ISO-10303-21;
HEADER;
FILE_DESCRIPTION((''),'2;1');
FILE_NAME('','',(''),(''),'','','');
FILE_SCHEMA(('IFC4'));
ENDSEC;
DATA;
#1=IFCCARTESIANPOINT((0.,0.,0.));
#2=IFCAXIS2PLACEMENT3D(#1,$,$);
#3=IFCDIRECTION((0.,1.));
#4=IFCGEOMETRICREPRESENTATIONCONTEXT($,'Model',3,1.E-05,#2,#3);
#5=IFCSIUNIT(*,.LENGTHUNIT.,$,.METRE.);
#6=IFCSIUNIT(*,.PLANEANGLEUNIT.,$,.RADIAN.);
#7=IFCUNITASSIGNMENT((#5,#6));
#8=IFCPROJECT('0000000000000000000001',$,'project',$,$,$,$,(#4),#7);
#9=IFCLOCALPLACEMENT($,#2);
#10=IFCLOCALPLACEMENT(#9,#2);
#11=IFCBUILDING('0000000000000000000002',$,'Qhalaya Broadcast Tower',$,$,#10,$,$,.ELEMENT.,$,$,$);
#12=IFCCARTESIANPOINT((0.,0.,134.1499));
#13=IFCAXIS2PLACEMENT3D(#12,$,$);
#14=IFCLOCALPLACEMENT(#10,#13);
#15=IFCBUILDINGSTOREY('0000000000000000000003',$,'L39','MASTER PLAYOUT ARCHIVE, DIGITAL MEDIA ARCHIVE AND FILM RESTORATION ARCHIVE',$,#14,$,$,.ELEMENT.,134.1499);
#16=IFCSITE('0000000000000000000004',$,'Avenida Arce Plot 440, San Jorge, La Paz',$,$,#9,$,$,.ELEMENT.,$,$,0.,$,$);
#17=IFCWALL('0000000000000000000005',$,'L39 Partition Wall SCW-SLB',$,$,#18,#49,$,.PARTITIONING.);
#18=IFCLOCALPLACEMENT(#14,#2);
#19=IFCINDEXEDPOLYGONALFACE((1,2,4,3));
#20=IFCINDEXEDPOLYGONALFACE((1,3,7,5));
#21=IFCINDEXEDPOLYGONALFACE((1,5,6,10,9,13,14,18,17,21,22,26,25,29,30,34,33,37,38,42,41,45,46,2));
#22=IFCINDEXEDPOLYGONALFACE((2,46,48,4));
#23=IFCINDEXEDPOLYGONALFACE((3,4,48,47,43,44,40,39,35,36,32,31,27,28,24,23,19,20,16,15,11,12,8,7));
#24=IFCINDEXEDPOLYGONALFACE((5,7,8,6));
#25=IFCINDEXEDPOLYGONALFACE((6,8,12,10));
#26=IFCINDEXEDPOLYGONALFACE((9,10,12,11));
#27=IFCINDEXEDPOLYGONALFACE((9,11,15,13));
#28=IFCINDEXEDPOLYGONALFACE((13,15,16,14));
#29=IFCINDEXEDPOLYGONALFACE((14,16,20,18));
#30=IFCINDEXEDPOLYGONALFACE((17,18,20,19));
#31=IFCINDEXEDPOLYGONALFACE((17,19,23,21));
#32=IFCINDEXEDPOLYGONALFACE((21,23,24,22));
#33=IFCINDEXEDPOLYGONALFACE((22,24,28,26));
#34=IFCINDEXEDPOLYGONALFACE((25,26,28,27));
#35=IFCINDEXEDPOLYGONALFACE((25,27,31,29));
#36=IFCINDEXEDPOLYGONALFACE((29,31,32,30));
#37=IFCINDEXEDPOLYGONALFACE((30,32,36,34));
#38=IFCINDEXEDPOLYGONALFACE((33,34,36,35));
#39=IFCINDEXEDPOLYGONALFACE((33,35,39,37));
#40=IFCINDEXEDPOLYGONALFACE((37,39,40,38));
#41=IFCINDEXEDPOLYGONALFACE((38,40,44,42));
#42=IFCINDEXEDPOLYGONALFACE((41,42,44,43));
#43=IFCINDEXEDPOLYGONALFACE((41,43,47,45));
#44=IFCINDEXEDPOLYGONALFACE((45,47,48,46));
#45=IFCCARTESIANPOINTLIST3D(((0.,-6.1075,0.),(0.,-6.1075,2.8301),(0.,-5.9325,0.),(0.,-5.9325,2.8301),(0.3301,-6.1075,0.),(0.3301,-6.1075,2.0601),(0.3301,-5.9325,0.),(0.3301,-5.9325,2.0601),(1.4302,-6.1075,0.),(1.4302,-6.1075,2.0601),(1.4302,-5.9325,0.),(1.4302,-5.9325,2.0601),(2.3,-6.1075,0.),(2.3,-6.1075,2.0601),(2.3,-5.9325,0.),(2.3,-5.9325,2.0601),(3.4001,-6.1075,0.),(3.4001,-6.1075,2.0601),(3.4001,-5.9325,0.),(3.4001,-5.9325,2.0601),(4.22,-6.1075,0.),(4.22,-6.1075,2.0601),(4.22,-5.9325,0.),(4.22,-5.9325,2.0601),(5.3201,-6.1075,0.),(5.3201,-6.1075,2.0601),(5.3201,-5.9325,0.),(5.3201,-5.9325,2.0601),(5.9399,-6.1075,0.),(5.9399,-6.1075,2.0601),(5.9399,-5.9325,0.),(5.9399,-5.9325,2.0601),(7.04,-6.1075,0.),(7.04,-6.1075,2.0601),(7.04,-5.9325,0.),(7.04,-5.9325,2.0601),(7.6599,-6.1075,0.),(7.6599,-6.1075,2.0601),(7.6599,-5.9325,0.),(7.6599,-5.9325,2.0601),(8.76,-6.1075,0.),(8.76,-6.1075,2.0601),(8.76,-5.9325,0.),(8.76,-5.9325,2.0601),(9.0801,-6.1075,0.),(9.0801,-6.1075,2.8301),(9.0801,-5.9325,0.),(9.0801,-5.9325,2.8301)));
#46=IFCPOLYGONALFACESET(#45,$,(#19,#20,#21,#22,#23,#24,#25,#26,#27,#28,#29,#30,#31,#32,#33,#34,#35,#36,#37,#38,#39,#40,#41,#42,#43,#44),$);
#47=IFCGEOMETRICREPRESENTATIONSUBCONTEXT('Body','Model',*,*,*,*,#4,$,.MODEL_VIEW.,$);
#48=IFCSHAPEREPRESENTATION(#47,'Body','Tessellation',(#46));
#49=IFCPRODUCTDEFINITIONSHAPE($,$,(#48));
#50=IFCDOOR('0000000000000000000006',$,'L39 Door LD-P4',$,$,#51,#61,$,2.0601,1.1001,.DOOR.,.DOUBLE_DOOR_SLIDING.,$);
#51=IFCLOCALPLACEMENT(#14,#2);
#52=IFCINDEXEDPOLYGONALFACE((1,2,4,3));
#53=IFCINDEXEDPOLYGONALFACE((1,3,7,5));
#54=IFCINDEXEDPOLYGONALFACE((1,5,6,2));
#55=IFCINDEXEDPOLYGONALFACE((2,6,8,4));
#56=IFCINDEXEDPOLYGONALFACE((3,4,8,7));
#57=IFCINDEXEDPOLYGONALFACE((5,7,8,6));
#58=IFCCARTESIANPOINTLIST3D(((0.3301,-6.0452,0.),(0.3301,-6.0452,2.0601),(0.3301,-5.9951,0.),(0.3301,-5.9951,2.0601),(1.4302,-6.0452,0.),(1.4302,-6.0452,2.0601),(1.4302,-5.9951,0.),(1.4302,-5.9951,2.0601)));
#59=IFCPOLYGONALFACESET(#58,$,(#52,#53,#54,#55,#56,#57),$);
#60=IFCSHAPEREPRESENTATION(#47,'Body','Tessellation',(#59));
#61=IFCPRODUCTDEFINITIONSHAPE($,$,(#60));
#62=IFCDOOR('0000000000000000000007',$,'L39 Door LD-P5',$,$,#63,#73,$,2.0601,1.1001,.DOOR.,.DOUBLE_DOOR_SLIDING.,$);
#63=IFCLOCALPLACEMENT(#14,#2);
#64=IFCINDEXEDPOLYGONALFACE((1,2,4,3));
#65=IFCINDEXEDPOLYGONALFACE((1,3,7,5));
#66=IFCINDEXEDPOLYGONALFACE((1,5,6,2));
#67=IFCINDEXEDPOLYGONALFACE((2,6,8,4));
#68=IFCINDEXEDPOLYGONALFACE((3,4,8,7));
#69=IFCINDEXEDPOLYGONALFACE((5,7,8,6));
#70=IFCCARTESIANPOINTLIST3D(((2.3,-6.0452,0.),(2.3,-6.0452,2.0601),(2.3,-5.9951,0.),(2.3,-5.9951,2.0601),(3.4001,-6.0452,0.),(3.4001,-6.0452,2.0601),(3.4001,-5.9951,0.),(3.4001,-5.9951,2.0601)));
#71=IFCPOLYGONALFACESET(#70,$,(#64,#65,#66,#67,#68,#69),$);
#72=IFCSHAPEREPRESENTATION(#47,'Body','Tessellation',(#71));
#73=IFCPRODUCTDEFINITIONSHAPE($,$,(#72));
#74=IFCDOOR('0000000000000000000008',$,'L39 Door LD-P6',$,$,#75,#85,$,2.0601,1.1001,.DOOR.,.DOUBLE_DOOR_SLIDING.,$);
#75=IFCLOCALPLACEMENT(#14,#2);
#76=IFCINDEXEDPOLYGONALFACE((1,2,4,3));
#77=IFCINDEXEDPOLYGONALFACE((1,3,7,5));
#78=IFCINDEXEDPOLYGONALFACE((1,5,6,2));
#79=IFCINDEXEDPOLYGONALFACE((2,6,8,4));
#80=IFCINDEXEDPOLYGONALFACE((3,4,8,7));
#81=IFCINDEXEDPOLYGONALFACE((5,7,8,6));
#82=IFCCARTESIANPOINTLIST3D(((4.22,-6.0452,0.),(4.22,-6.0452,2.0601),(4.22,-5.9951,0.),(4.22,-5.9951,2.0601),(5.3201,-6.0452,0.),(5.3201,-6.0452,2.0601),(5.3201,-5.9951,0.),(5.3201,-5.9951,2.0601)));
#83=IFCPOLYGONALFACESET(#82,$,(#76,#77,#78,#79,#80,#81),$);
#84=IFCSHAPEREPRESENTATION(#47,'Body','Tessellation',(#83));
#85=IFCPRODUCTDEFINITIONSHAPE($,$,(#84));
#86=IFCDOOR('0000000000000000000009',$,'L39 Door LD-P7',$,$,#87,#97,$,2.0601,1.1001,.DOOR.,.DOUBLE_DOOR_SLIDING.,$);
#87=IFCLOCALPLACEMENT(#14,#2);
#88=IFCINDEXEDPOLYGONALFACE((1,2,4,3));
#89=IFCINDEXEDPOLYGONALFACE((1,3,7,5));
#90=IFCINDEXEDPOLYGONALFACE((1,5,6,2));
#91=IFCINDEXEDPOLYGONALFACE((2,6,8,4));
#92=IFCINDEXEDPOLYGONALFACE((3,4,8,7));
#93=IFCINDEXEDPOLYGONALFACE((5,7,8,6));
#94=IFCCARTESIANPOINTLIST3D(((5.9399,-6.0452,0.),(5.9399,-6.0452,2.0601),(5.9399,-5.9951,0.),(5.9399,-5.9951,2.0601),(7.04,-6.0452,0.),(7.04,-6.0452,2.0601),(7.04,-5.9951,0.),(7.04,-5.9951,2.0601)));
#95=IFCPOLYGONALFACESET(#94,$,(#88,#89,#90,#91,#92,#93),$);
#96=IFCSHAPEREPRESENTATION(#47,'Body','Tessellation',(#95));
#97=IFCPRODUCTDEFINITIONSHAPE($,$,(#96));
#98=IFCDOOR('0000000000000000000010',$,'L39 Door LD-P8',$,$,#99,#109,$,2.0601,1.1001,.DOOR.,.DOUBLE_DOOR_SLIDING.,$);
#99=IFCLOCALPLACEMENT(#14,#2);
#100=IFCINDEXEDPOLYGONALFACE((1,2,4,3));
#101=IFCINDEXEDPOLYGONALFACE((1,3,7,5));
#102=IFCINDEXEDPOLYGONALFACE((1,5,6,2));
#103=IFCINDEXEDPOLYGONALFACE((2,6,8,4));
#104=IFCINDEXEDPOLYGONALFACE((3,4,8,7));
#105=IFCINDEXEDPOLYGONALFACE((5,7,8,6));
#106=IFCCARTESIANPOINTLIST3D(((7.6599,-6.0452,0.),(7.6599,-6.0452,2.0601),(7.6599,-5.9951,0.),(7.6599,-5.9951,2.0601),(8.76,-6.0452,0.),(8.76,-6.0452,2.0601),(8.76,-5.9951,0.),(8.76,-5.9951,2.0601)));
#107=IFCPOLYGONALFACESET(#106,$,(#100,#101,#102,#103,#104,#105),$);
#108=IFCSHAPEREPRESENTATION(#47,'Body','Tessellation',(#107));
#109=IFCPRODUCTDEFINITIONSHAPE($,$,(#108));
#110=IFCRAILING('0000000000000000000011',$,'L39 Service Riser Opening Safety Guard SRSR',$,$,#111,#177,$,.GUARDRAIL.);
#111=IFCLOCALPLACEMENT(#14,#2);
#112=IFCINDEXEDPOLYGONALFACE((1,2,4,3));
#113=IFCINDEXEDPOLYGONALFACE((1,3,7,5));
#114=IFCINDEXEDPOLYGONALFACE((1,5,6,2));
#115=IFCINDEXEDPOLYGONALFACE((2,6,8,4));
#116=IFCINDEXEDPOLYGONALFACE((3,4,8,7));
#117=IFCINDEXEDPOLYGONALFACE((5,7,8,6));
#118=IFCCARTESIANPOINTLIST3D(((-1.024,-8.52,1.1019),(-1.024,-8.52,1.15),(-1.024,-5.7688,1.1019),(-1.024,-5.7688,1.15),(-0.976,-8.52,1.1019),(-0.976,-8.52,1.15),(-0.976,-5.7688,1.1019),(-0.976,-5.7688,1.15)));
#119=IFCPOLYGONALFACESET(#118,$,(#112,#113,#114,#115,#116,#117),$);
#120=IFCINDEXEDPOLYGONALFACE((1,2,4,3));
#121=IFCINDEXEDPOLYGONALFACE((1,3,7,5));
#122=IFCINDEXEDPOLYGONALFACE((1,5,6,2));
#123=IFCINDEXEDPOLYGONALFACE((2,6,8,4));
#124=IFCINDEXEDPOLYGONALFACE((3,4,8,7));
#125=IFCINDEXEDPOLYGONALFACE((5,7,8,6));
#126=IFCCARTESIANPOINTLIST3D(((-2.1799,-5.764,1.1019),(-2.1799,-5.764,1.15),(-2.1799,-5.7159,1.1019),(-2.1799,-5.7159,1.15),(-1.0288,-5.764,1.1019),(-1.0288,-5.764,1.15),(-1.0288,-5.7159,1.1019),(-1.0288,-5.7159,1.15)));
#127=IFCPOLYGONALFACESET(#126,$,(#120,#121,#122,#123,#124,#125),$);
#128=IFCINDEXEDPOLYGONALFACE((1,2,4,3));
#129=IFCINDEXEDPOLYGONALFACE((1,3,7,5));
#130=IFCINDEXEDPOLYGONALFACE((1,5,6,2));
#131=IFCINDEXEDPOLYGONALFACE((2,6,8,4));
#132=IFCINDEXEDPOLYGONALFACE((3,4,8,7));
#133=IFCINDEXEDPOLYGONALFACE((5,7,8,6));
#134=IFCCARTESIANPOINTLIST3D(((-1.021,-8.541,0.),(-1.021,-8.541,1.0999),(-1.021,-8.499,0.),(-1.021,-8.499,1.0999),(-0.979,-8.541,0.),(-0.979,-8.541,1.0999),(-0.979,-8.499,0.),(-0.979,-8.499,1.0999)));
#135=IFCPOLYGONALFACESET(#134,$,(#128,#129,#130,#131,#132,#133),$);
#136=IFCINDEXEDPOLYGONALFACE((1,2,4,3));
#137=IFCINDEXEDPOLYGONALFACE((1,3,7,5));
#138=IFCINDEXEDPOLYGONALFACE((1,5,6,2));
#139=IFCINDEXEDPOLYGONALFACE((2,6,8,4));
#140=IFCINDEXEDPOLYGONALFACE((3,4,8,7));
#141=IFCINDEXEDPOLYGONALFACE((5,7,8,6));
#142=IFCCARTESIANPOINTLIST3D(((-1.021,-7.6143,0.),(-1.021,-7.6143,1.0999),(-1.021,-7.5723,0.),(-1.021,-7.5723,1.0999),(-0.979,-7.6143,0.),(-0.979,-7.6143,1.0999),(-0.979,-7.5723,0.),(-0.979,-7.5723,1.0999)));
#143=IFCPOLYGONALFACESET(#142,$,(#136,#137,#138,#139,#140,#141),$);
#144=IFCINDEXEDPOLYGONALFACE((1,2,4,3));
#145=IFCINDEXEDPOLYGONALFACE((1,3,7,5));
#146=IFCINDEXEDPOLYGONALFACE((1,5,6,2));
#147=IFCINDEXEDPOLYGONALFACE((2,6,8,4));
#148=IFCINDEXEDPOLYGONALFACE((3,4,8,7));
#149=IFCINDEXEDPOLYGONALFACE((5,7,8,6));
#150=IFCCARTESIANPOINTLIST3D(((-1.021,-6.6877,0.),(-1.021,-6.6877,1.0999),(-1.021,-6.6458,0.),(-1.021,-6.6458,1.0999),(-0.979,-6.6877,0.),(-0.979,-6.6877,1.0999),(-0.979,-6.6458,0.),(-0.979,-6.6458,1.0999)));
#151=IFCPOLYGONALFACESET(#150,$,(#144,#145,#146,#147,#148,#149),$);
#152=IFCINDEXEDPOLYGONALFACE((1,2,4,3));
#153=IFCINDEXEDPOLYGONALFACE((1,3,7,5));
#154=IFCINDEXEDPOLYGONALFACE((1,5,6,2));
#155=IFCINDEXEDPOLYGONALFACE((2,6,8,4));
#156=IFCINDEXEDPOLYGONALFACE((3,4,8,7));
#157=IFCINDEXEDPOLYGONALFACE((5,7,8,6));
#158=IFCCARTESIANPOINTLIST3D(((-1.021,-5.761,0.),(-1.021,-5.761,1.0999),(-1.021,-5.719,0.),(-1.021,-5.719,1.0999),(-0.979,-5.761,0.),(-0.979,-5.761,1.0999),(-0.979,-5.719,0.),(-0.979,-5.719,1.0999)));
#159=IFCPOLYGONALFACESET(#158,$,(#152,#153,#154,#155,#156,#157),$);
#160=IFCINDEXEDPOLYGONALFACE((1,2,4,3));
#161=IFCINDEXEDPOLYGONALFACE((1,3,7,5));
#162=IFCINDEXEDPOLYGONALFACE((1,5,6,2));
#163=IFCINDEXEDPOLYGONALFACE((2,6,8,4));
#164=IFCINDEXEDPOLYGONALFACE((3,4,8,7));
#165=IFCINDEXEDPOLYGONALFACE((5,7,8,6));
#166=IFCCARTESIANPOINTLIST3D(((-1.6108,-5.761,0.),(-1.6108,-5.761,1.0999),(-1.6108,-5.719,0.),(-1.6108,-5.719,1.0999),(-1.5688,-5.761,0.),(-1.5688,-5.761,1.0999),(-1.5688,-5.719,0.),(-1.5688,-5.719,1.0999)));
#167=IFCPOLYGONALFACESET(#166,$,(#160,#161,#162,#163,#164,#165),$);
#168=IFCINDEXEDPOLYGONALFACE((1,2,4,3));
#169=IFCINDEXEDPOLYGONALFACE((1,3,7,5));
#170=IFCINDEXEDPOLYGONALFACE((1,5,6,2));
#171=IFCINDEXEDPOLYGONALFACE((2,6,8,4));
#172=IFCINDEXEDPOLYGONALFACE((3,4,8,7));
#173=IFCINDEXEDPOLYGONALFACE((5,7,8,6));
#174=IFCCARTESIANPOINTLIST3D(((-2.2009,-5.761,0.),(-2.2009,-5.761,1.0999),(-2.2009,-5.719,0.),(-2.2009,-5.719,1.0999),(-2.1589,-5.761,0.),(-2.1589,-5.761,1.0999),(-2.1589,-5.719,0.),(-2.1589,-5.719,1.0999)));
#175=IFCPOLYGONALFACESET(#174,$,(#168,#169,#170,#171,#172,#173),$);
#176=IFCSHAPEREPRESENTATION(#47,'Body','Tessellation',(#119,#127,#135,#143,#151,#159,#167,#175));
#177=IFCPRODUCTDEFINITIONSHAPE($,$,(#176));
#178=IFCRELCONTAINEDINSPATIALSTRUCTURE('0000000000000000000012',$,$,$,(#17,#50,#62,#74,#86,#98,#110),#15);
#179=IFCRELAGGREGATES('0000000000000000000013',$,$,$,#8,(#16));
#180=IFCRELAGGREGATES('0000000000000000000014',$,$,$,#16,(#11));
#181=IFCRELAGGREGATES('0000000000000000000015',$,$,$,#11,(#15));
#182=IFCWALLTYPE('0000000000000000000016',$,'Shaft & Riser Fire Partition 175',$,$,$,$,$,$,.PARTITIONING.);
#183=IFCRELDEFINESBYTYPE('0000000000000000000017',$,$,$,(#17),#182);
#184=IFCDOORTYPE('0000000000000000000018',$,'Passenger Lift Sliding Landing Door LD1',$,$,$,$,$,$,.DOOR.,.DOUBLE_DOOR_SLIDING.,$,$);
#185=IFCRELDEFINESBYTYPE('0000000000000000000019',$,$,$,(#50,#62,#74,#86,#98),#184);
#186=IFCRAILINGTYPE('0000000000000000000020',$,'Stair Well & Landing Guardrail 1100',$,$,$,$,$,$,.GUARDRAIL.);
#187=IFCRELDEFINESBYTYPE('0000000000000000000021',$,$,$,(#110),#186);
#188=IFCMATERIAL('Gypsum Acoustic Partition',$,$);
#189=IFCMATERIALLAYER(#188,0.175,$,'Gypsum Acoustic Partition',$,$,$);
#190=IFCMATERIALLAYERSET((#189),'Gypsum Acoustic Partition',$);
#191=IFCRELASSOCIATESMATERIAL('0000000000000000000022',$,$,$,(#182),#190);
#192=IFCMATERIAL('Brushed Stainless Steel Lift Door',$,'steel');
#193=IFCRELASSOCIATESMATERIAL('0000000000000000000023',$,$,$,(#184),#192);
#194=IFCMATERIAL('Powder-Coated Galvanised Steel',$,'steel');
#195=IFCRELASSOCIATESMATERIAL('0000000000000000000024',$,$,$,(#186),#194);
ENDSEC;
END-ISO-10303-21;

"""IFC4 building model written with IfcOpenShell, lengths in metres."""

from ifc_helpers import new_model, si_unit, direction, frame, frame_2d, origin, origin_2d, place, context, subcontext, project, spatial, rectangle, extrude, material, layer, layer_set, type_object, element, fill, save


model = new_model("IFC4")

# Units and contexts
model_context = context("Model", 3, precision=1e-05, world=origin(), true_north=direction((0.0, 1.0)))
body_context = subcontext(model_context, "Body", "Model", "MODEL_VIEW")
ifc_project = project(units=[si_unit("LENGTHUNIT", "METRE"), si_unit("PLANEANGLEUNIT", "RADIAN")], contexts=[model_context])

# Site, building, storey
site_placement = place(None, origin())
site = spatial("IfcSite", under=ifc_project, at=site_placement, Name="Avenida Arce Plot 440, San Jorge, La Paz", CompositionType="ELEMENT", RefElevation=0.0)
building_placement = place(site_placement, origin())
building = spatial("IfcBuilding", under=site, at=building_placement, Name="Qhalaya Broadcast Tower", CompositionType="ELEMENT")
storey_placement = place(building_placement, frame((0.0, 0.0, 134.1499)))
storey = spatial("IfcBuildingStorey", under=building, at=storey_placement, Name="L39", Description="MASTER PLAYOUT ARCHIVE, DIGITAL MEDIA ARCHIVE AND FILM RESTORATION ARCHIVE", CompositionType="ELEMENT", Elevation=134.1499)

# Shared definitions
ifc_material_1 = material(Name="Gypsum Acoustic Partition")

# Shared definitions
ifc_layer_1 = layer(ifc_material_1, 0.175, Name="Gypsum Acoustic Partition")
ifc_layer_set_1 = layer_set([ifc_layer_1], Name="Gypsum Acoustic Partition")
wall_type_1 = type_object("IfcWallType", Name="Shaft & Riser Fire Partition 175", PredefinedType="PARTITIONING", material=ifc_layer_set_1)

# Wall, openings, doors
wall_1_placement = place(storey_placement, frame((0.0, -6.02, 0.0), z_axis=(0.0, 0.0, 1.0), x_axis=(1.0, 0.0, 0.0)))
wall_1 = element("IfcWall", 1, at=wall_1_placement, inside=storey, type_object=wall_type_1, Name="L39 Partition Wall SCW-SLB", PredefinedType="PARTITIONING", context=body_context, shape_type="SweptSolid", body=[
    extrude(rectangle(XDim=9.0801, YDim=0.175, at=frame_2d((4.54, 0.0))), origin(), (0.0, 0.0, 1.0), 2.8301),
])
opening_1_placement = place(wall_1_placement, frame((0.3301, 0.0, 0.0)))
opening_1 = element("IfcOpeningElement", 2, at=opening_1_placement, cuts=wall_1, PredefinedType="OPENING", context=body_context, shape_type="SweptSolid", body=[
    extrude(rectangle(XDim=1.1001, YDim=2.0601, at=frame_2d((0.55, 1.03))), frame((0.0, 0.0996, 0.0), z_axis=(0.0, -1.0, 0.0), x_axis=(1.0, 0.0, 0.0)), (0.0, 0.0, 1.0), 0.199),
])
opening_2_placement = place(wall_1_placement, frame((2.3, 0.0, 0.0)))
opening_2 = element("IfcOpeningElement", 3, at=opening_2_placement, cuts=wall_1, PredefinedType="OPENING", context=body_context, shape_type="SweptSolid", body=[
    extrude(rectangle(XDim=1.1001, YDim=2.0601, at=frame_2d((0.55, 1.03))), frame((0.0, 0.0996, 0.0), z_axis=(0.0, -1.0, 0.0), x_axis=(1.0, 0.0, 0.0)), (0.0, 0.0, 1.0), 0.199),
])
opening_3_placement = place(wall_1_placement, frame((4.22, 0.0, 0.0)))
opening_3 = element("IfcOpeningElement", 4, at=opening_3_placement, cuts=wall_1, PredefinedType="OPENING", context=body_context, shape_type="SweptSolid", body=[
    extrude(rectangle(XDim=1.1001, YDim=2.0601, at=frame_2d((0.55, 1.03))), frame((0.0, 0.0996, 0.0), z_axis=(0.0, -1.0, 0.0), x_axis=(1.0, 0.0, 0.0)), (0.0, 0.0, 1.0), 0.199),
])
opening_4_placement = place(wall_1_placement, frame((5.9399, 0.0, 0.0)))
opening_4 = element("IfcOpeningElement", 5, at=opening_4_placement, cuts=wall_1, PredefinedType="OPENING", context=body_context, shape_type="SweptSolid", body=[
    extrude(rectangle(XDim=1.1001, YDim=2.0601, at=frame_2d((0.55, 1.03))), frame((0.0, 0.0996, 0.0), z_axis=(0.0, -1.0, 0.0), x_axis=(1.0, 0.0, 0.0)), (0.0, 0.0, 1.0), 0.199),
])
opening_5_placement = place(wall_1_placement, frame((7.6599, 0.0, 0.0)))
opening_5 = element("IfcOpeningElement", 6, at=opening_5_placement, cuts=wall_1, PredefinedType="OPENING", context=body_context, shape_type="SweptSolid", body=[
    extrude(rectangle(XDim=1.1001, YDim=2.0601, at=frame_2d((0.55, 1.03))), frame((0.0, 0.0996, 0.0), z_axis=(0.0, -1.0, 0.0), x_axis=(1.0, 0.0, 0.0)), (0.0, 0.0, 1.0), 0.199),
])
ifc_material_2 = material(Name="Brushed Stainless Steel Lift Door", Category="steel")
door_type_1 = type_object("IfcDoorType", Name="Passenger Lift Sliding Landing Door LD1", OperationType="DOUBLE_DOOR_SLIDING", PredefinedType="DOOR", material=ifc_material_2)
door_1_placement = place(opening_1_placement, origin())
door_1 = element("IfcDoor", 7, at=door_1_placement, inside=storey, type_object=door_type_1, Name="L39 Door LD-P4", OperationType="DOUBLE_DOOR_SLIDING", OverallHeight=2.0601, OverallWidth=1.1001, PredefinedType="DOOR", context=body_context, shape_type="SweptSolid", body=[
    extrude(rectangle(XDim=1.1001, YDim=2.0601, at=frame_2d((0.55, 1.03))), frame((0.0, 0.0249, 0.0), z_axis=(0.0, -1.0, 0.0), x_axis=(1.0, 0.0, 0.0)), (0.0, 0.0, 1.0), 0.05),
])
fill(opening_1, door_1)
door_2_placement = place(opening_2_placement, origin())
door_2 = element("IfcDoor", 8, at=door_2_placement, inside=storey, type_object=door_type_1, Name="L39 Door LD-P5", OperationType="DOUBLE_DOOR_SLIDING", OverallHeight=2.0601, OverallWidth=1.1001, PredefinedType="DOOR", context=body_context, shape_type="SweptSolid", body=[
    extrude(rectangle(XDim=1.1001, YDim=2.0601, at=frame_2d((0.55, 1.03))), frame((0.0, 0.0249, 0.0), z_axis=(0.0, -1.0, 0.0), x_axis=(1.0, 0.0, 0.0)), (0.0, 0.0, 1.0), 0.05),
])
fill(opening_2, door_2)
door_3_placement = place(opening_3_placement, origin())
door_3 = element("IfcDoor", 9, at=door_3_placement, inside=storey, type_object=door_type_1, Name="L39 Door LD-P6", OperationType="DOUBLE_DOOR_SLIDING", OverallHeight=2.0601, OverallWidth=1.1001, PredefinedType="DOOR", context=body_context, shape_type="SweptSolid", body=[
    extrude(rectangle(XDim=1.1001, YDim=2.0601, at=frame_2d((0.55, 1.03))), frame((0.0, 0.0249, 0.0), z_axis=(0.0, -1.0, 0.0), x_axis=(1.0, 0.0, 0.0)), (0.0, 0.0, 1.0), 0.05),
])
fill(opening_3, door_3)
door_4_placement = place(opening_4_placement, origin())
door_4 = element("IfcDoor", 10, at=door_4_placement, inside=storey, type_object=door_type_1, Name="L39 Door LD-P7", OperationType="DOUBLE_DOOR_SLIDING", OverallHeight=2.0601, OverallWidth=1.1001, PredefinedType="DOOR", context=body_context, shape_type="SweptSolid", body=[
    extrude(rectangle(XDim=1.1001, YDim=2.0601, at=frame_2d((0.55, 1.03))), frame((0.0, 0.0249, 0.0), z_axis=(0.0, -1.0, 0.0), x_axis=(1.0, 0.0, 0.0)), (0.0, 0.0, 1.0), 0.05),
])
fill(opening_4, door_4)
door_5_placement = place(opening_5_placement, origin())
door_5 = element("IfcDoor", 11, at=door_5_placement, inside=storey, type_object=door_type_1, Name="L39 Door LD-P8", OperationType="DOUBLE_DOOR_SLIDING", OverallHeight=2.0601, OverallWidth=1.1001, PredefinedType="DOOR", context=body_context, shape_type="SweptSolid", body=[
    extrude(rectangle(XDim=1.1001, YDim=2.0601, at=frame_2d((0.55, 1.03))), frame((0.0, 0.0249, 0.0), z_axis=(0.0, -1.0, 0.0), x_axis=(1.0, 0.0, 0.0)), (0.0, 0.0, 1.0), 0.05),
])
fill(opening_5, door_5)

# Railing
ifc_material_3 = material(Name="Powder-Coated Galvanised Steel", Category="steel")
railing_type = type_object("IfcRailingType", Name="Stair Well & Landing Guardrail 1100", PredefinedType="GUARDRAIL", material=ifc_material_3)
railing_placement = place(storey_placement, frame((-1.0, -8.52, 0.0)))
element("IfcRailing", 12, at=railing_placement, inside=storey, type_object=railing_type, Name="L39 Service Riser Opening Safety Guard SRSR", PredefinedType="GUARDRAIL", context=body_context, shape_type="SweptSolid", body=[
    extrude(rectangle(XDim=0.0481, YDim=0.0481, at=origin_2d()), frame((0.0, 0.0, 1.126), z_axis=(0.0, 1.0, 0.0), x_axis=(-1.0, 0.0, 0.0)), (0.0, 0.0, 1.0), 2.7512),
    extrude(rectangle(XDim=0.0481, YDim=0.0481, at=origin_2d()), frame((-0.0288, 2.78, 1.126), z_axis=(-1.0, 0.0, 0.0), x_axis=(0.0, -1.0, 0.0)), (0.0, 0.0, 1.0), 1.1511),
    extrude(rectangle(XDim=0.042, YDim=0.042, at=origin_2d()), origin(), (0.0, 0.0, 1.0), 1.0999),
    extrude(rectangle(XDim=0.042, YDim=0.042, at=origin_2d()), frame((0.0, 0.9268, 0.0)), (0.0, 0.0, 1.0), 1.0999),
    extrude(rectangle(XDim=0.042, YDim=0.042, at=origin_2d()), frame((0.0, 1.8533, 0.0)), (0.0, 0.0, 1.0), 1.0999),
    extrude(rectangle(XDim=0.042, YDim=0.042, at=origin_2d()), frame((0.0, 2.78, 0.0)), (0.0, 0.0, 1.0), 1.0999),
    extrude(rectangle(XDim=0.042, YDim=0.042, at=origin_2d()), frame((-0.5898, 2.78, 0.0)), (0.0, 0.0, 1.0), 1.0999),
    extrude(rectangle(XDim=0.042, YDim=0.042, at=origin_2d()), frame((-1.1799, 2.78, 0.0)), (0.0, 0.0, 1.0), 1.0999),
])

save(model, "model.ifc")
